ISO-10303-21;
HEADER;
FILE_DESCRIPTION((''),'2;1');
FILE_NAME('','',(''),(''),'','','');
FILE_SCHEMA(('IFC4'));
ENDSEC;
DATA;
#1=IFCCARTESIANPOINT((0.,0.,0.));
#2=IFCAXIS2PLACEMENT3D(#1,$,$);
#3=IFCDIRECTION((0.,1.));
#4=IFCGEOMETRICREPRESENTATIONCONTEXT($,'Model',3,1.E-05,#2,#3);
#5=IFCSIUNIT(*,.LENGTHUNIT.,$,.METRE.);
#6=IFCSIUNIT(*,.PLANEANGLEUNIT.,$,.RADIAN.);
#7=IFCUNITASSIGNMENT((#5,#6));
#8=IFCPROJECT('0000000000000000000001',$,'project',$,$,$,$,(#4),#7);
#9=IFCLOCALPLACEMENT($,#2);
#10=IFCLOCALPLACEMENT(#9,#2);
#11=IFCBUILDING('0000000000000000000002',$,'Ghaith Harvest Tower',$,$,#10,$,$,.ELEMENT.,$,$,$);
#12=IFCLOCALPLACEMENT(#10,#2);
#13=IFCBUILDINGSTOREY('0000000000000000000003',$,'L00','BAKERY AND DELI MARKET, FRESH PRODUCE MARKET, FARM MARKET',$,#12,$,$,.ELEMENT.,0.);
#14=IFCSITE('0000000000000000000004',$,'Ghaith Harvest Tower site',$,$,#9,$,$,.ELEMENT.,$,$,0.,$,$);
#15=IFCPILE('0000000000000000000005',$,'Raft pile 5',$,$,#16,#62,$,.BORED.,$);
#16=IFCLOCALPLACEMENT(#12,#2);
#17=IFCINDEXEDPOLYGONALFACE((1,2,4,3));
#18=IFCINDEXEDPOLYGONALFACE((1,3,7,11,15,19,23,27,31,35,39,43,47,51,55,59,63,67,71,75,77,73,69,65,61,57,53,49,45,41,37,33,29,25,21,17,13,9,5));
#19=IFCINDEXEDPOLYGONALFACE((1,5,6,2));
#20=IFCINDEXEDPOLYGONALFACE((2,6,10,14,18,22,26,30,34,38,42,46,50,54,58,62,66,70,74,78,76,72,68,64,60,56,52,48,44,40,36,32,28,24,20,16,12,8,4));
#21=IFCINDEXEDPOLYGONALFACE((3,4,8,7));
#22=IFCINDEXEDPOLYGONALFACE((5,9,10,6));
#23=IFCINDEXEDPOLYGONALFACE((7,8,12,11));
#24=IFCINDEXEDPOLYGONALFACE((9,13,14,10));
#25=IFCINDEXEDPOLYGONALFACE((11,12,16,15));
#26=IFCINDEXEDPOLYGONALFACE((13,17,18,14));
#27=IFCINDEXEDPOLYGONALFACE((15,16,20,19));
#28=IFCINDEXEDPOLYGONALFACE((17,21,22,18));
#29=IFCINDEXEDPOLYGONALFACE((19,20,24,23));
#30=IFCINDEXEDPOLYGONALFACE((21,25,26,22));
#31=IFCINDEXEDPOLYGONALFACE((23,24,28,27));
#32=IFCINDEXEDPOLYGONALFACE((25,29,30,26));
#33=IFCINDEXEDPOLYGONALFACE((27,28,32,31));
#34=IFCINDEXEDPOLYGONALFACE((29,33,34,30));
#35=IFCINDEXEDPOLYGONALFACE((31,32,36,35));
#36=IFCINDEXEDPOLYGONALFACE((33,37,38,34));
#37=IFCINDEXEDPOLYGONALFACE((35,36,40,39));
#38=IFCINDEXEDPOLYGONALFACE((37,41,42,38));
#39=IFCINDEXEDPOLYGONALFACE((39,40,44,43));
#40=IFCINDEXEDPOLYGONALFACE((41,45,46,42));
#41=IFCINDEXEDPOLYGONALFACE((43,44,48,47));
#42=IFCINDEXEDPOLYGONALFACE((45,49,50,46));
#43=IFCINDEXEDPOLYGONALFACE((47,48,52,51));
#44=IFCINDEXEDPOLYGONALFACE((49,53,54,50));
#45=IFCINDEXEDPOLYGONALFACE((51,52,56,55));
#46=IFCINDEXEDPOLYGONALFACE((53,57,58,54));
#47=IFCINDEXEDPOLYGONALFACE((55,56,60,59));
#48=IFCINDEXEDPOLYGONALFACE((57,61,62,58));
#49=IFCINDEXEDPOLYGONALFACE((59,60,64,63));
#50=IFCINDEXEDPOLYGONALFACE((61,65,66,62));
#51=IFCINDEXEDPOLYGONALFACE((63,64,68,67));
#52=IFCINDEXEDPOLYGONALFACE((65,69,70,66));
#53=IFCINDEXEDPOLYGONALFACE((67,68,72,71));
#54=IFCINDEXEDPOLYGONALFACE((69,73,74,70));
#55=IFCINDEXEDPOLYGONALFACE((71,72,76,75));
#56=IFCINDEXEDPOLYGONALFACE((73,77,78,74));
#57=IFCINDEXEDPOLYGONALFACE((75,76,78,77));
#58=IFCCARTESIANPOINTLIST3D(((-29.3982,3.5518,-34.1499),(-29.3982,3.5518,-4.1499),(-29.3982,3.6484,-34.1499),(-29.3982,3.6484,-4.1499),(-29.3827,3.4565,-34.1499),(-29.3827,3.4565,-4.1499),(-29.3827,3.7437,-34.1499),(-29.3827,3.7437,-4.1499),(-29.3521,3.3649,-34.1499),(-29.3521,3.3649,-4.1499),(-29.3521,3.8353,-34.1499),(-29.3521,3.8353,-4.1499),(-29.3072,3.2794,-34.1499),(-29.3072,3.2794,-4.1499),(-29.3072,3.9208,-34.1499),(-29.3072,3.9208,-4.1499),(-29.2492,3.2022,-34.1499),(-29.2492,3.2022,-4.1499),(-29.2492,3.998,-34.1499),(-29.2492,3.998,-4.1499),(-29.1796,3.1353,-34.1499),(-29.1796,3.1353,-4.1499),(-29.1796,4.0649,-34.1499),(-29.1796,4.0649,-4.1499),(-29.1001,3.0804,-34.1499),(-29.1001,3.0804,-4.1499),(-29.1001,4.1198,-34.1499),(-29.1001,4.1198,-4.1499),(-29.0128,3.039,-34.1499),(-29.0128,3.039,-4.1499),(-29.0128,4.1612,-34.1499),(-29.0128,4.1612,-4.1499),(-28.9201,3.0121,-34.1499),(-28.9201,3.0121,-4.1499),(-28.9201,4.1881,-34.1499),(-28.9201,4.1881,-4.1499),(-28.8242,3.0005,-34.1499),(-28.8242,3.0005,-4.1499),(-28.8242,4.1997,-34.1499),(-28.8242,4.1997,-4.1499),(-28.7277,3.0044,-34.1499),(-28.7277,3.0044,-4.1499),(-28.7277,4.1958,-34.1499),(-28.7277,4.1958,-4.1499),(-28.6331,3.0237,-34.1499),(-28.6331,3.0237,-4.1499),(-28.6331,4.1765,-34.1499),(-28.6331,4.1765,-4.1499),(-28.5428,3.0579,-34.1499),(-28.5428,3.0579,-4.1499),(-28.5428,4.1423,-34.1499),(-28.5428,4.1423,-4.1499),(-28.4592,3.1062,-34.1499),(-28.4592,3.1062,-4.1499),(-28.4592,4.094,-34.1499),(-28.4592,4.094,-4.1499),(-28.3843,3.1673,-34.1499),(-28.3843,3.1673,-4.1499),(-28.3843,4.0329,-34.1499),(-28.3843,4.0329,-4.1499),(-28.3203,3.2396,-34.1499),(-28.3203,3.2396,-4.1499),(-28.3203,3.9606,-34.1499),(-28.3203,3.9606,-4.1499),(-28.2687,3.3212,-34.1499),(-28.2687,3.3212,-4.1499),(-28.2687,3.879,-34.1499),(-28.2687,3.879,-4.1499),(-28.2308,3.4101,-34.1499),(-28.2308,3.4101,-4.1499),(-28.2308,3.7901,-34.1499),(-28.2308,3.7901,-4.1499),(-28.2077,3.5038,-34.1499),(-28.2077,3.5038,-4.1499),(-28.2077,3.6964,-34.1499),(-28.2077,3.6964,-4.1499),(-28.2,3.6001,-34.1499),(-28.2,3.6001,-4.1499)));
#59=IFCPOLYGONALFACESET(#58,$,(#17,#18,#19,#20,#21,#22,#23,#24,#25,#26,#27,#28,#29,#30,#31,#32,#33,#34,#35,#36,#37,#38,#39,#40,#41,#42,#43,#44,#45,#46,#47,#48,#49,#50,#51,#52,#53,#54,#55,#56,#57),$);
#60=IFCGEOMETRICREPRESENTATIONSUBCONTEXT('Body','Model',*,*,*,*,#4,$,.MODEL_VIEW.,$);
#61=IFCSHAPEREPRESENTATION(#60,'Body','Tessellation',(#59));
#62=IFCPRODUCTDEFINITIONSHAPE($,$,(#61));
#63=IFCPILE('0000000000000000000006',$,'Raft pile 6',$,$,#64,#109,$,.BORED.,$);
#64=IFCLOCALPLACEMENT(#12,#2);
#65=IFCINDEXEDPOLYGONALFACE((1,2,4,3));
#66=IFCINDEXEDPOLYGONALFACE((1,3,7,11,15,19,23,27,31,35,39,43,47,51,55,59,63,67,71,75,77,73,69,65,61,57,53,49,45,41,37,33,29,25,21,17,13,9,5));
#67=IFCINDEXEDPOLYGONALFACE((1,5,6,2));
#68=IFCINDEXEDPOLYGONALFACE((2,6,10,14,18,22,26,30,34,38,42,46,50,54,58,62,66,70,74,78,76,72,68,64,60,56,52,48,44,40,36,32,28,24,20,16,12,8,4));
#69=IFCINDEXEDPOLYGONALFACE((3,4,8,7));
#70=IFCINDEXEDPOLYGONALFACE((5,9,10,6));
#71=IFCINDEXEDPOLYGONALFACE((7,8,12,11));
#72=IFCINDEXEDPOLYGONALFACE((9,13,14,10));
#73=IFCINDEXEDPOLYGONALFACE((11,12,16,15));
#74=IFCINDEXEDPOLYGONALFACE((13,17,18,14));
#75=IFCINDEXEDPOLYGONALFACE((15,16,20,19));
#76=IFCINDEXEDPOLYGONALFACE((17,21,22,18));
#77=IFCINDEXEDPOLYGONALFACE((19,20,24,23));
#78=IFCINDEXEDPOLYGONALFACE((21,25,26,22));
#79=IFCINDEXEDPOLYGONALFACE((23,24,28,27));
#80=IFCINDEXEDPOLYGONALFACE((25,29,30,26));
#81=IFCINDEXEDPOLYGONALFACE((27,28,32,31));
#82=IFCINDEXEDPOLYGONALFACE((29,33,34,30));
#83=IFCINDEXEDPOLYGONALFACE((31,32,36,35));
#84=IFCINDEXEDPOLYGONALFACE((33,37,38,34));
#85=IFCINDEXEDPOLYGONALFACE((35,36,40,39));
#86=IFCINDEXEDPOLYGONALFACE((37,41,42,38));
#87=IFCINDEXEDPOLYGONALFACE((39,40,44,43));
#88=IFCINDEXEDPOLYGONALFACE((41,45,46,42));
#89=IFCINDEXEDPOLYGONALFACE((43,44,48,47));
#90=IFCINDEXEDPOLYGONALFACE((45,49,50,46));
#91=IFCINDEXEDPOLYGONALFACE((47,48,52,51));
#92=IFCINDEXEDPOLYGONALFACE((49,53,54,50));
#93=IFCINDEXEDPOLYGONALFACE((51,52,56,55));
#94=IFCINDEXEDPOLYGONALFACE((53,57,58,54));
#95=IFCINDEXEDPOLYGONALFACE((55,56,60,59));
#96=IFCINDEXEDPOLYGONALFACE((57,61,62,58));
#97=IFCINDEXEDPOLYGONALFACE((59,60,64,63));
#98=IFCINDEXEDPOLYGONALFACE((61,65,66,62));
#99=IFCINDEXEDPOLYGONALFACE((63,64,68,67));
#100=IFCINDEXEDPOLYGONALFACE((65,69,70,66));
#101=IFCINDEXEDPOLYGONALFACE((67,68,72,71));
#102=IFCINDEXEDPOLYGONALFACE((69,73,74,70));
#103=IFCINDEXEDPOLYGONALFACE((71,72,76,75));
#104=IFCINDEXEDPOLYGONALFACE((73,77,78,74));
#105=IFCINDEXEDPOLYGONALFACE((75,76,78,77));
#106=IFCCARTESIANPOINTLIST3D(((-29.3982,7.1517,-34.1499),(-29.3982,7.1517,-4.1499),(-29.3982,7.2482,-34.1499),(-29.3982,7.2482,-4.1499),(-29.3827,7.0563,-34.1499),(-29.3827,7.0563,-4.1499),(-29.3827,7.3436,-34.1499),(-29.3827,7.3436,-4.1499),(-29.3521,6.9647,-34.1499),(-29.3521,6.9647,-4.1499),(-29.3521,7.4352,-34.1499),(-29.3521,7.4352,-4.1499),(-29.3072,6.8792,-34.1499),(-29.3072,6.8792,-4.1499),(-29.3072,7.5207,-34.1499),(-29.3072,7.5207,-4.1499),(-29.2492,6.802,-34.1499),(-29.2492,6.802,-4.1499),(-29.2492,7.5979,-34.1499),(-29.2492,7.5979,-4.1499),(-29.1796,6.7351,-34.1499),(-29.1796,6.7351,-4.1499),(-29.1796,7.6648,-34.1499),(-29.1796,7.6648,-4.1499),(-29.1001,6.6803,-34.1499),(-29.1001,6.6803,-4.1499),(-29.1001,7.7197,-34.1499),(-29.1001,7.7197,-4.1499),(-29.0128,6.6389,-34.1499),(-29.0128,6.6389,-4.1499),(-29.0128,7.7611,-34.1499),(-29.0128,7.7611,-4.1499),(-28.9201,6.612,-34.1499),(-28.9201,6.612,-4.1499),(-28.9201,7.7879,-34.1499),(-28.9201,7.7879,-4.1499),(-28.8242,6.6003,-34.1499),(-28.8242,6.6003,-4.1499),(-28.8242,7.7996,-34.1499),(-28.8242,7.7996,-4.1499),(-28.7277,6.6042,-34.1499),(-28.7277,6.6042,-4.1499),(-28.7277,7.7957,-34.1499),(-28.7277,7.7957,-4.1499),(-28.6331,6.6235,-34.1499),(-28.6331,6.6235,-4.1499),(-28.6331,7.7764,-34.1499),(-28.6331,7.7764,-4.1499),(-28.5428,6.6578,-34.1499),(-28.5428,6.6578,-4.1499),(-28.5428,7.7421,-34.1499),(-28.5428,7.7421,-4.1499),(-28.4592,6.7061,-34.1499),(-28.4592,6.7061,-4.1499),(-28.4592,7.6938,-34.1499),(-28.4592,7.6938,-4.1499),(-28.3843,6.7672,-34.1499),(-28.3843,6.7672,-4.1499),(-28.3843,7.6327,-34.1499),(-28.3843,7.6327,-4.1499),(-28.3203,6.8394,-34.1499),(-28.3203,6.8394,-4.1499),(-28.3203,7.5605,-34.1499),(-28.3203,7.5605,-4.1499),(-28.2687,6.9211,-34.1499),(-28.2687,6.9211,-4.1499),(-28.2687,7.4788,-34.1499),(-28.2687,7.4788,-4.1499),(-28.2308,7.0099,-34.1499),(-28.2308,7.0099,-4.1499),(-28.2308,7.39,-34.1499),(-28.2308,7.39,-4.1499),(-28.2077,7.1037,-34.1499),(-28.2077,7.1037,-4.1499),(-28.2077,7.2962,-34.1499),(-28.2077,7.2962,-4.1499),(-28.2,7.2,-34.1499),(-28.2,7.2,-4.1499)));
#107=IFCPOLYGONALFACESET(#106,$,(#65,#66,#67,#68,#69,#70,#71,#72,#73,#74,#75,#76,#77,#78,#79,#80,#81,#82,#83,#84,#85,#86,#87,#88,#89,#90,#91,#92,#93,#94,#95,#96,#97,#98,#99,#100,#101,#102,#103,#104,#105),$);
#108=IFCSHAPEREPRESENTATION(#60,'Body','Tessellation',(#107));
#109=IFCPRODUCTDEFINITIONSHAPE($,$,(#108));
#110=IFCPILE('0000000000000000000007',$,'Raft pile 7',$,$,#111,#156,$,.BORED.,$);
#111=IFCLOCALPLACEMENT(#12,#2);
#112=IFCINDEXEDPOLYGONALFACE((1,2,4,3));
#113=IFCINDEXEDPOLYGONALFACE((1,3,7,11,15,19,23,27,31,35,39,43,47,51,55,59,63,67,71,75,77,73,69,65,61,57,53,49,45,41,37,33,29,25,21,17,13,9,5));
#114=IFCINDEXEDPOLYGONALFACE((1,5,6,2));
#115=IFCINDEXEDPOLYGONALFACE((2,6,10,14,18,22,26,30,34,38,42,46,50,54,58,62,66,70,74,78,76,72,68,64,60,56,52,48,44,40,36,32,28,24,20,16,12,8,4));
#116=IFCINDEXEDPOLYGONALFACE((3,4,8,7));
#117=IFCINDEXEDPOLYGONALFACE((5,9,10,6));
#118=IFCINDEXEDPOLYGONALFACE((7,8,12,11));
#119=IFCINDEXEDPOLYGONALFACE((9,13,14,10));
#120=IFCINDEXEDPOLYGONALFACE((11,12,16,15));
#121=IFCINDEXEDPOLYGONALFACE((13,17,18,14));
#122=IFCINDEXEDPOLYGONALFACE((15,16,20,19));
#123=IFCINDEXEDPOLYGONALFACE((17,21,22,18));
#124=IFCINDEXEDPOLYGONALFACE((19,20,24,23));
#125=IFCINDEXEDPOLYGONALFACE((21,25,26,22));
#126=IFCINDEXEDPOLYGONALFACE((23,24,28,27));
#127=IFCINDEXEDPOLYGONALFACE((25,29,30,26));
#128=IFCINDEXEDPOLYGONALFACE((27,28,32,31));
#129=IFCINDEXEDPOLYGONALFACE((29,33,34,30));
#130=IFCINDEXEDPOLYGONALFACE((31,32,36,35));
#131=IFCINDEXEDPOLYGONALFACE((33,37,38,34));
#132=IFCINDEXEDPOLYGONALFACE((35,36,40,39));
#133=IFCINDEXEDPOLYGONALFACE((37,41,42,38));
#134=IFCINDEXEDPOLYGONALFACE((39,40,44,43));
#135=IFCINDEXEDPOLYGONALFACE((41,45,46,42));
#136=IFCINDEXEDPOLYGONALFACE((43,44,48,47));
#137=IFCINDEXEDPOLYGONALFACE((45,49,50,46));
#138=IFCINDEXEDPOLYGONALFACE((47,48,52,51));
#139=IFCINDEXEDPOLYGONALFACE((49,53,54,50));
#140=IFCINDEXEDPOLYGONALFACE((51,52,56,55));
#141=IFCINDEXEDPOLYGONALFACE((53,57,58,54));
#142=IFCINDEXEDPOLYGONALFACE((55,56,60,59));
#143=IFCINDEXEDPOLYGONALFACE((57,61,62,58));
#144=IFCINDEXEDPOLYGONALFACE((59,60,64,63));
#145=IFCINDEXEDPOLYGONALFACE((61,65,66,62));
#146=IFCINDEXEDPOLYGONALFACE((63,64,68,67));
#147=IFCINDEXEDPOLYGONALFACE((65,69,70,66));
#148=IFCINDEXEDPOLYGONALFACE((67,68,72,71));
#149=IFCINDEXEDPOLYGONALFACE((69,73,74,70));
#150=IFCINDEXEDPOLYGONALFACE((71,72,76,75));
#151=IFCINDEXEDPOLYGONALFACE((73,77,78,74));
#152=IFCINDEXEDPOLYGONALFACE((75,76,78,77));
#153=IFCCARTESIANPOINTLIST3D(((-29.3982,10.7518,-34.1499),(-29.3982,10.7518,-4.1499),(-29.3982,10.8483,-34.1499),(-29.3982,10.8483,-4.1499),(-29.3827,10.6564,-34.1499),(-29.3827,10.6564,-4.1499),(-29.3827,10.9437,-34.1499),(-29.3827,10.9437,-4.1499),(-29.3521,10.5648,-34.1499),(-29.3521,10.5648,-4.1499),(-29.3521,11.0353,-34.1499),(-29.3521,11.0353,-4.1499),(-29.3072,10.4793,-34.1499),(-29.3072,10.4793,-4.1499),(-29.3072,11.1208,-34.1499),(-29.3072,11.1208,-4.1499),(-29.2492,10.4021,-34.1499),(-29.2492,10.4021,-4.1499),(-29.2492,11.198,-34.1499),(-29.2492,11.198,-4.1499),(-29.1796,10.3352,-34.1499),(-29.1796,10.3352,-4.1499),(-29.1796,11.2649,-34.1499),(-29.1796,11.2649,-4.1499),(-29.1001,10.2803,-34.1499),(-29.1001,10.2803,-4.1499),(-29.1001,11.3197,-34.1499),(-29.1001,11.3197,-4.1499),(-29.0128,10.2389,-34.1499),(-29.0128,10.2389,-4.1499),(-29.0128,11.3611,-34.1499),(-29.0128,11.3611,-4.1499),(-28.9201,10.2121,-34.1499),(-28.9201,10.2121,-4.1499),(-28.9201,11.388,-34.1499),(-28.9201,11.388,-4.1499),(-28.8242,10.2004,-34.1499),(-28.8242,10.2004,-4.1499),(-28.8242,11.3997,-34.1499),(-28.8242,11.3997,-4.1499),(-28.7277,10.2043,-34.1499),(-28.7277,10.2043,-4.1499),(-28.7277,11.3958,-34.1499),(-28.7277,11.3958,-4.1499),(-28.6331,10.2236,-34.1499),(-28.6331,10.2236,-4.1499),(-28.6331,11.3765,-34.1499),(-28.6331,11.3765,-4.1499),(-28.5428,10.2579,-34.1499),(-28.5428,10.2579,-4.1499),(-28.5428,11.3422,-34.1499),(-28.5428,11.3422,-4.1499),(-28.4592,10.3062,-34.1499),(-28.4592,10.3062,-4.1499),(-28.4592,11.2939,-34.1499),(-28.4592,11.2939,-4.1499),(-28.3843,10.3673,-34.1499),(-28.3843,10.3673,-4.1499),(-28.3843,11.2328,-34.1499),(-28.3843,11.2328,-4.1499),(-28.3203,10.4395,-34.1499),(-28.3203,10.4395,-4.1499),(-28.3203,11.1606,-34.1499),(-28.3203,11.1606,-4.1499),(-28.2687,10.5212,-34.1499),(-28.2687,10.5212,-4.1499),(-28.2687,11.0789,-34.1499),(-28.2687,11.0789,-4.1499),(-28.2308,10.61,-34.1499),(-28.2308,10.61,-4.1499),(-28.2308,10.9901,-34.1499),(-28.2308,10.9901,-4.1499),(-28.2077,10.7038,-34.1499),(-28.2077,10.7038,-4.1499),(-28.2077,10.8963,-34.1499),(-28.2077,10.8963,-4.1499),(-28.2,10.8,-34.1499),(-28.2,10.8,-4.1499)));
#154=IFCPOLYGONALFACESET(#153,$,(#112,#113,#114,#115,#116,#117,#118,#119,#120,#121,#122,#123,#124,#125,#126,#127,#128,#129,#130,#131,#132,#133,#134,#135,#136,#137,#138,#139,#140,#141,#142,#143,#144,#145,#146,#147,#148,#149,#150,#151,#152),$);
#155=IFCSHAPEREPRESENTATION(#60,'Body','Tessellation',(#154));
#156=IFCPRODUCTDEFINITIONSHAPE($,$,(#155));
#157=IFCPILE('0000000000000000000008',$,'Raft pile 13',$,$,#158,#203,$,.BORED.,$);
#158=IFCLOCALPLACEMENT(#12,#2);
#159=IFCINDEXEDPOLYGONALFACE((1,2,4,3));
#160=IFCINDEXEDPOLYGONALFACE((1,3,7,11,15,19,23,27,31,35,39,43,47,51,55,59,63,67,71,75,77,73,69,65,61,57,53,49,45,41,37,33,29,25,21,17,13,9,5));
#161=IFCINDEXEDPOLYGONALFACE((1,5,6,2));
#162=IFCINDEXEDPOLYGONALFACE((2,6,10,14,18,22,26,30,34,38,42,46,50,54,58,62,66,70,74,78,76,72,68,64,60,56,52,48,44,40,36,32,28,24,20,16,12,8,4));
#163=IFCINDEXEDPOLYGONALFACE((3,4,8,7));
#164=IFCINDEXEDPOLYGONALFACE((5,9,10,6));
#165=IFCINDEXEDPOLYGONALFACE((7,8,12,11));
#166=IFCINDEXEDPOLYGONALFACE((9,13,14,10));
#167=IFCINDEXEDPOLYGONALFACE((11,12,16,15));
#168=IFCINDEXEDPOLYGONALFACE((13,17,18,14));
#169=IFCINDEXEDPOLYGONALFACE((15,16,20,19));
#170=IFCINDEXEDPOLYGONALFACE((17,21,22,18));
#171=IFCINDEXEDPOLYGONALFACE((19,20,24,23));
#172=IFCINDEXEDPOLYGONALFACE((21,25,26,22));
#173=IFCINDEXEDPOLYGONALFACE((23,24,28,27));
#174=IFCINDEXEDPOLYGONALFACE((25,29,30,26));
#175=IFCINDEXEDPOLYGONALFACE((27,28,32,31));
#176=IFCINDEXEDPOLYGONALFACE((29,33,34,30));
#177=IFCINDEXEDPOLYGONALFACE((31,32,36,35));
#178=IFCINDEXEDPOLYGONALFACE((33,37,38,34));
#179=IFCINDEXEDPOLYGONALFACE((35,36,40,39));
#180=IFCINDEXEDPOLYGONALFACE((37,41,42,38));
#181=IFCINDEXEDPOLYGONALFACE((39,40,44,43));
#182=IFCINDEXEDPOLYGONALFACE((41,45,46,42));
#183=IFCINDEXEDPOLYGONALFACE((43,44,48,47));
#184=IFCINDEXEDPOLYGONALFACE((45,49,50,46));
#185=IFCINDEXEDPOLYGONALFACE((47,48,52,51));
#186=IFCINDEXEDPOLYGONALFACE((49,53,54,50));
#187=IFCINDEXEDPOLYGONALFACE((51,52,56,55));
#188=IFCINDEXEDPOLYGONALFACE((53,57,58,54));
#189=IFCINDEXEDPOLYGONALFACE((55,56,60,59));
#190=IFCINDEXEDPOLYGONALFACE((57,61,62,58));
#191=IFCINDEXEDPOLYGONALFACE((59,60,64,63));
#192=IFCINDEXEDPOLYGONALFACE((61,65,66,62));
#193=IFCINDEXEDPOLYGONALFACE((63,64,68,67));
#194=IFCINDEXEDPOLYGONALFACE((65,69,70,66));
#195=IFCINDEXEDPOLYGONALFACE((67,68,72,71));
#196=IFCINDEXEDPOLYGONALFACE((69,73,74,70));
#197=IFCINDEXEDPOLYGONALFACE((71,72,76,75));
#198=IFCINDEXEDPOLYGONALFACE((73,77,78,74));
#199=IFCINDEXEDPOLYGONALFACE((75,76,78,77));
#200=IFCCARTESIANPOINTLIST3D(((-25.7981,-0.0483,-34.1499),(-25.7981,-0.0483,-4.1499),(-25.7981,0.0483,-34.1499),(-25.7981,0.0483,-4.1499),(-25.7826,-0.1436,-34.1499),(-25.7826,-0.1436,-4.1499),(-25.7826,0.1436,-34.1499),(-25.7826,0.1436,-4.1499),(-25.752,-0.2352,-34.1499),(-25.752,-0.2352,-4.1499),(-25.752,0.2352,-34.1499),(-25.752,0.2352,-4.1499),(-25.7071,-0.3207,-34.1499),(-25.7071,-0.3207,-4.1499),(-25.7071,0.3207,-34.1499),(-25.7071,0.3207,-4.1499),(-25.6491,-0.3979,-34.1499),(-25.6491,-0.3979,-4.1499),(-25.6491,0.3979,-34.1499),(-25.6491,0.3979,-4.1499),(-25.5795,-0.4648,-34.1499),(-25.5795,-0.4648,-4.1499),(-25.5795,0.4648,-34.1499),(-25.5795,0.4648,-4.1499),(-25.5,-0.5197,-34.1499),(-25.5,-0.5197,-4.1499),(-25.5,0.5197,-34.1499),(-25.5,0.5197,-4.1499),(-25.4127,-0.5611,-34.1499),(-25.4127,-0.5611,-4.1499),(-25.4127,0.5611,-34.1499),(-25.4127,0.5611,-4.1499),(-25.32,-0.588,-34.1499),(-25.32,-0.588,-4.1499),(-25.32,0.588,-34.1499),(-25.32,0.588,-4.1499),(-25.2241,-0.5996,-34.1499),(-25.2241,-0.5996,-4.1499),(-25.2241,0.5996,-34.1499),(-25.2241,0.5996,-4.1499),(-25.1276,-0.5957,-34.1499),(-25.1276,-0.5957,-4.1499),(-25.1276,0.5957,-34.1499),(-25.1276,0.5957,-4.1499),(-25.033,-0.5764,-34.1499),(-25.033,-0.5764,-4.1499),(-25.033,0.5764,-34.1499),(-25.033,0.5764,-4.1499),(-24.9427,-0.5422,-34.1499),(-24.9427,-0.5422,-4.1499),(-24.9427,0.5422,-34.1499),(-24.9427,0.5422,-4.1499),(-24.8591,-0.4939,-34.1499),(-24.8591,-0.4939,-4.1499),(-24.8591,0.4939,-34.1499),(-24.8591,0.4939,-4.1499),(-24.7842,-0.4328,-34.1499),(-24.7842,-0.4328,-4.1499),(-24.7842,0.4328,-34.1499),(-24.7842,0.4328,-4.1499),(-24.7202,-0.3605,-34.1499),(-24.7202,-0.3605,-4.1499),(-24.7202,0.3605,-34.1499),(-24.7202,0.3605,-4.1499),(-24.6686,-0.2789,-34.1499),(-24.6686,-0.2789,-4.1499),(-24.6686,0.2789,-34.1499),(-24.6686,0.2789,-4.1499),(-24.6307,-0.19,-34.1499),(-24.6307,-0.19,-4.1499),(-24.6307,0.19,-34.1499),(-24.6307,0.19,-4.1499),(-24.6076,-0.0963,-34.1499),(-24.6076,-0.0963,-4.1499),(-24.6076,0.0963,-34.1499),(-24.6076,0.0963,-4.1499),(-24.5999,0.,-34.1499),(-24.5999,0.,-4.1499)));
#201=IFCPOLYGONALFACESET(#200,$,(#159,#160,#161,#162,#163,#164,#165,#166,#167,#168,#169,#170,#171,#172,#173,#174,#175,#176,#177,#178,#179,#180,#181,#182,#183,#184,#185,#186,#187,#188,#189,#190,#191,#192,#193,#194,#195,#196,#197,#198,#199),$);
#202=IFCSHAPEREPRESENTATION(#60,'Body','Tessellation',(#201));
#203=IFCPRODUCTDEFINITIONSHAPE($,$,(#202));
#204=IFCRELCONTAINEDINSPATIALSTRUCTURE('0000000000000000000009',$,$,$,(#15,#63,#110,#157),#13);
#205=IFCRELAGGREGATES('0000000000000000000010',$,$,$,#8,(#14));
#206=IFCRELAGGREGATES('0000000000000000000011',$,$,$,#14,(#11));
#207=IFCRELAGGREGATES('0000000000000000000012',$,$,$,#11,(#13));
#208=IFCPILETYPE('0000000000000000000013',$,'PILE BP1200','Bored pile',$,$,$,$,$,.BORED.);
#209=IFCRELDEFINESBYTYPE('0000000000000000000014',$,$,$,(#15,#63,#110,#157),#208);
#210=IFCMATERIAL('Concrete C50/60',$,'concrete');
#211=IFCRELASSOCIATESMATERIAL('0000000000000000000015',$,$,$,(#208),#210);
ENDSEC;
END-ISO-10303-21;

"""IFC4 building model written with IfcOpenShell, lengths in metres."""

from ifc_helpers import new_model, si_unit, direction, frame, origin, origin_2d, place, context, subcontext, project, spatial, circle, extrude, material, material_profile, profile_set, type_object, element, save


model = new_model("IFC4")

# Units and contexts
model_context = context("Model", 3, precision=1e-05, world=origin(), true_north=direction((0.0, 1.0)))
body_context = subcontext(model_context, "Body", "Model", "MODEL_VIEW")
ifc_project = project(units=[si_unit("LENGTHUNIT", "METRE"), si_unit("PLANEANGLEUNIT", "RADIAN")], contexts=[model_context])

# Site, building, storey
site_placement = place(None, origin())
site = spatial("IfcSite", under=ifc_project, at=site_placement, Name="Ghaith Harvest Tower site", CompositionType="ELEMENT", RefElevation=0.0)
building_placement = place(site_placement, origin())
building = spatial("IfcBuilding", under=site, at=building_placement, Name="Ghaith Harvest Tower", CompositionType="ELEMENT")
storey_placement = place(building_placement, origin())
storey = spatial("IfcBuildingStorey", under=building, at=storey_placement, Name="L00", Description="BAKERY AND DELI MARKET, FRESH PRODUCE MARKET, FARM MARKET", CompositionType="ELEMENT", Elevation=0.0)

# Piles
ifc_material_1 = material(Name="Concrete C50/60", Category="concrete")
ifc_material_profile_1 = material_profile(ifc_material_1, circle(Radius=0.6001, at=origin_2d()), Name="PILE1200")
ifc_profile_set_1 = profile_set([ifc_material_profile_1], Name="Concrete C50/60")
pile_type = type_object("IfcPileType", Name="PILE BP1200", Description="Bored pile", PredefinedType="BORED", material=ifc_profile_set_1)
for number, where, z_axis, x_axis, name in (
    (1, (-28.8, 3.6001, -4.1499), (0.0, 0.0, -1.0), (1.0, 0.0, 0.0), "Raft pile 5"),
    (2, (-28.8, 7.2, -4.1499), (0.0, 0.0, -1.0), (1.0, 0.0, 0.0), "Raft pile 6"),
    (3, (-28.8, 10.8, -4.1499), (0.0, 0.0, -1.0), (1.0, 0.0, 0.0), "Raft pile 7"),
    (4, (-25.2, 0.0, -4.1499), (0.0, 0.0, -1.0), (1.0, 0.0, 0.0), "Raft pile 13"),
):
    element("IfcPile", number, at=place(storey_placement, frame(where, z_axis=z_axis, x_axis=x_axis)), inside=storey, type_object=pile_type, Name=name, PredefinedType="BORED", context=body_context, shape_type="SweptSolid", body=[
        extrude(circle(Radius=0.6001, at=origin_2d()), origin(), (0.0, 0.0, 1.0), 30.0),
    ])

save(model, "model.ifc")
